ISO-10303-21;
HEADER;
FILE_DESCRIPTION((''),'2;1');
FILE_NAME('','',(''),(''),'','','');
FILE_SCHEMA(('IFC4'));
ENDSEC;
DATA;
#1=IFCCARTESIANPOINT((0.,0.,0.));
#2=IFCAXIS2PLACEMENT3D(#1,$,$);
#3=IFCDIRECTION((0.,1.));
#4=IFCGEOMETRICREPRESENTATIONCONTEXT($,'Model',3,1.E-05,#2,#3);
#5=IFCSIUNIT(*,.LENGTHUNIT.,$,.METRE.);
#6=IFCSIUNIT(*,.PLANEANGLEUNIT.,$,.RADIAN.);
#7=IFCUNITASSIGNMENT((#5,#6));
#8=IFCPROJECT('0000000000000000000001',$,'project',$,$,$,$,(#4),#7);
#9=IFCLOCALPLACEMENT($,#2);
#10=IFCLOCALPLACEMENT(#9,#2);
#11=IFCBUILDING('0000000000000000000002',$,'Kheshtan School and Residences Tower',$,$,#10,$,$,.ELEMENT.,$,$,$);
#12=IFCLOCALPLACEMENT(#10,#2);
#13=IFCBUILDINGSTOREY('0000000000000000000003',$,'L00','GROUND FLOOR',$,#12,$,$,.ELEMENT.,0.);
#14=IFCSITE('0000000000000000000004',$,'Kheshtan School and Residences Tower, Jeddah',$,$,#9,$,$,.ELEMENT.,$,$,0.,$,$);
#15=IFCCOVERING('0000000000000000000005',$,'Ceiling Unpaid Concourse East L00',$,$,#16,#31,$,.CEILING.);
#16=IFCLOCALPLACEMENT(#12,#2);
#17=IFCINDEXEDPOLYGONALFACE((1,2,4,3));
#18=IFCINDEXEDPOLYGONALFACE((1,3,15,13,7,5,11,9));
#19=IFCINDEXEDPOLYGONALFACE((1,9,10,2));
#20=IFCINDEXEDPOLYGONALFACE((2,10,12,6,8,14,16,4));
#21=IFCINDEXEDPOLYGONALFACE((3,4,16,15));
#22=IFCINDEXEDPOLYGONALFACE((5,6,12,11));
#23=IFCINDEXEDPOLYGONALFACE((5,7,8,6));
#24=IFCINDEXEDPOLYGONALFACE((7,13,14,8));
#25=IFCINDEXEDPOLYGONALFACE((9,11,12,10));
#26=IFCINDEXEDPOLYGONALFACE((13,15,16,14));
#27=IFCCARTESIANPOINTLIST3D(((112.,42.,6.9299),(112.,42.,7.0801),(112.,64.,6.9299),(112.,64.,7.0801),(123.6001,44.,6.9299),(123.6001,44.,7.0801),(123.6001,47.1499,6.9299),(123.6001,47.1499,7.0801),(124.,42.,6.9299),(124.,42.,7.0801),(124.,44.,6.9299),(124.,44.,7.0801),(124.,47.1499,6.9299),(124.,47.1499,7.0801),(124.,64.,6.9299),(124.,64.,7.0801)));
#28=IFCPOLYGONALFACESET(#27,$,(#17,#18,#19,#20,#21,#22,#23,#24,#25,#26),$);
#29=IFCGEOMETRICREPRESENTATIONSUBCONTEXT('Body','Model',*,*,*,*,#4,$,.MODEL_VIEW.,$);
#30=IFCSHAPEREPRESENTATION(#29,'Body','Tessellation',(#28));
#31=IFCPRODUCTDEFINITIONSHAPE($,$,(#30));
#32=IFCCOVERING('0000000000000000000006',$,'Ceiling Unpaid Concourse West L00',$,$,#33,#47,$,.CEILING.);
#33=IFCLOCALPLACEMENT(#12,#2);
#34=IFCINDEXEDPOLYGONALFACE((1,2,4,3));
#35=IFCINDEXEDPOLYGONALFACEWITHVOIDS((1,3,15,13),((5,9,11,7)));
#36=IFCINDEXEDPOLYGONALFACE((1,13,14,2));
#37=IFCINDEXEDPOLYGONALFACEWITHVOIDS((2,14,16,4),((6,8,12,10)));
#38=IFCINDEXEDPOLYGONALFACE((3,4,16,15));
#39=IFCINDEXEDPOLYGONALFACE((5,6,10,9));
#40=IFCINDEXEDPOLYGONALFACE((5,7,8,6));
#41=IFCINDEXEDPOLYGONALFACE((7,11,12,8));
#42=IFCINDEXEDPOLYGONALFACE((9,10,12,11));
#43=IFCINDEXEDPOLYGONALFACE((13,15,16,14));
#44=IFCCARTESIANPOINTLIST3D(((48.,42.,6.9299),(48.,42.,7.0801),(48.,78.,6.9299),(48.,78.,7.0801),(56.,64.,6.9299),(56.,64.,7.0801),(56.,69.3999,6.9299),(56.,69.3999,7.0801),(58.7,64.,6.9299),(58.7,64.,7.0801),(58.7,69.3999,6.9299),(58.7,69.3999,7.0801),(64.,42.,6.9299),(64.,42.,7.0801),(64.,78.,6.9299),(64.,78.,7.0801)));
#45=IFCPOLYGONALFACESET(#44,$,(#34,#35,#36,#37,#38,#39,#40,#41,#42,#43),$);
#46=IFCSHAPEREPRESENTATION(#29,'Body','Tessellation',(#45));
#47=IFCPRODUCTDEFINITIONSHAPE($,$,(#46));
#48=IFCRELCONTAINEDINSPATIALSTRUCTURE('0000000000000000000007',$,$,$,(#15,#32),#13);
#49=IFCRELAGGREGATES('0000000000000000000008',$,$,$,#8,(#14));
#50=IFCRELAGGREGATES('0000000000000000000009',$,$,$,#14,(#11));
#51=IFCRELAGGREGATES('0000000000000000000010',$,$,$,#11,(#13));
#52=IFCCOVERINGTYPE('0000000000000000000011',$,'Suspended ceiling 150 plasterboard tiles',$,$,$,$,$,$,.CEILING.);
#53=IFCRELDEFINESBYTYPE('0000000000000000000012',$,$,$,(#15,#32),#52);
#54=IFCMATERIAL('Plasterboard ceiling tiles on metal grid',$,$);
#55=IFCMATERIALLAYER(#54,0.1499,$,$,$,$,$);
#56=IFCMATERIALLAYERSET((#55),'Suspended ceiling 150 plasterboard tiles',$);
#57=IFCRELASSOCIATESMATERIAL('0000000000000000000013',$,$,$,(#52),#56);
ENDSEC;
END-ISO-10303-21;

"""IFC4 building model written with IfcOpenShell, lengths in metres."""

from ifc_helpers import new_model, si_unit, direction, frame, origin, place, context, subcontext, project, spatial, polyline, outline, extrude, material, layer, layer_set, type_object, element, save


model = new_model("IFC4")

# Units and contexts
model_context = context("Model", 3, precision=1e-05, world=origin(), true_north=direction((0.0, 1.0)))
body_context = subcontext(model_context, "Body", "Model", "MODEL_VIEW")
ifc_project = project(units=[si_unit("LENGTHUNIT", "METRE"), si_unit("PLANEANGLEUNIT", "RADIAN")], contexts=[model_context])

# Site, building, storey
site_placement = place(None, origin())
site = spatial("IfcSite", under=ifc_project, at=site_placement, Name="Kheshtan School and Residences Tower, Jeddah", CompositionType="ELEMENT", RefElevation=0.0)
building_placement = place(site_placement, origin())
building = spatial("IfcBuilding", under=site, at=building_placement, Name="Kheshtan School and Residences Tower", CompositionType="ELEMENT")
storey_placement = place(building_placement, origin())
storey = spatial("IfcBuildingStorey", under=building, at=storey_placement, Name="L00", Description="GROUND FLOOR", CompositionType="ELEMENT", Elevation=0.0)

# Coverings
ifc_material_1 = material(Name="Plasterboard ceiling tiles on metal grid")
ifc_layer_1 = layer(ifc_material_1, 0.1499)
ifc_layer_set_1 = layer_set([ifc_layer_1], Name="Suspended ceiling 150 plasterboard tiles")
covering_type_1 = type_object("IfcCoveringType", Name="Suspended ceiling 150 plasterboard tiles", PredefinedType="CEILING", material=ifc_layer_set_1)
covering_1_placement = place(storey_placement, frame((0.0, 0.0, 6.9299)))
element("IfcCovering", 1, at=covering_1_placement, inside=storey, type_object=covering_type_1, Name="Ceiling Unpaid Concourse East L00", PredefinedType="CEILING", context=body_context, shape_type="SweptSolid", body=[
    extrude(outline(polyline([(123.6001, 47.1499), (123.6001, 44.0), (124.0, 44.0), (124.0, 42.0), (112.0, 42.0), (112.0, 64.0), (124.0, 64.0), (124.0, 47.1499), (123.6001, 47.1499)])), origin(), (0.0, 0.0, 1.0), 0.1501),
])
covering_2_placement = place(storey_placement, frame((0.0, 0.0, 6.9299)))
element("IfcCovering", 2, at=covering_2_placement, inside=storey, type_object=covering_type_1, Name="Ceiling Unpaid Concourse West L00", PredefinedType="CEILING", context=body_context, shape_type="SweptSolid", body=[
    extrude(outline(polyline([(64.0, 78.0), (48.0, 78.0), (48.0, 42.0), (64.0, 42.0), (64.0, 78.0)]), holes=[polyline([(56.0, 64.0), (56.0, 69.3999), (58.7, 69.3999), (58.7, 64.0), (56.0, 64.0)])]), origin(), (0.0, 0.0, 1.0), 0.1501),
])

save(model, "model.ifc")
